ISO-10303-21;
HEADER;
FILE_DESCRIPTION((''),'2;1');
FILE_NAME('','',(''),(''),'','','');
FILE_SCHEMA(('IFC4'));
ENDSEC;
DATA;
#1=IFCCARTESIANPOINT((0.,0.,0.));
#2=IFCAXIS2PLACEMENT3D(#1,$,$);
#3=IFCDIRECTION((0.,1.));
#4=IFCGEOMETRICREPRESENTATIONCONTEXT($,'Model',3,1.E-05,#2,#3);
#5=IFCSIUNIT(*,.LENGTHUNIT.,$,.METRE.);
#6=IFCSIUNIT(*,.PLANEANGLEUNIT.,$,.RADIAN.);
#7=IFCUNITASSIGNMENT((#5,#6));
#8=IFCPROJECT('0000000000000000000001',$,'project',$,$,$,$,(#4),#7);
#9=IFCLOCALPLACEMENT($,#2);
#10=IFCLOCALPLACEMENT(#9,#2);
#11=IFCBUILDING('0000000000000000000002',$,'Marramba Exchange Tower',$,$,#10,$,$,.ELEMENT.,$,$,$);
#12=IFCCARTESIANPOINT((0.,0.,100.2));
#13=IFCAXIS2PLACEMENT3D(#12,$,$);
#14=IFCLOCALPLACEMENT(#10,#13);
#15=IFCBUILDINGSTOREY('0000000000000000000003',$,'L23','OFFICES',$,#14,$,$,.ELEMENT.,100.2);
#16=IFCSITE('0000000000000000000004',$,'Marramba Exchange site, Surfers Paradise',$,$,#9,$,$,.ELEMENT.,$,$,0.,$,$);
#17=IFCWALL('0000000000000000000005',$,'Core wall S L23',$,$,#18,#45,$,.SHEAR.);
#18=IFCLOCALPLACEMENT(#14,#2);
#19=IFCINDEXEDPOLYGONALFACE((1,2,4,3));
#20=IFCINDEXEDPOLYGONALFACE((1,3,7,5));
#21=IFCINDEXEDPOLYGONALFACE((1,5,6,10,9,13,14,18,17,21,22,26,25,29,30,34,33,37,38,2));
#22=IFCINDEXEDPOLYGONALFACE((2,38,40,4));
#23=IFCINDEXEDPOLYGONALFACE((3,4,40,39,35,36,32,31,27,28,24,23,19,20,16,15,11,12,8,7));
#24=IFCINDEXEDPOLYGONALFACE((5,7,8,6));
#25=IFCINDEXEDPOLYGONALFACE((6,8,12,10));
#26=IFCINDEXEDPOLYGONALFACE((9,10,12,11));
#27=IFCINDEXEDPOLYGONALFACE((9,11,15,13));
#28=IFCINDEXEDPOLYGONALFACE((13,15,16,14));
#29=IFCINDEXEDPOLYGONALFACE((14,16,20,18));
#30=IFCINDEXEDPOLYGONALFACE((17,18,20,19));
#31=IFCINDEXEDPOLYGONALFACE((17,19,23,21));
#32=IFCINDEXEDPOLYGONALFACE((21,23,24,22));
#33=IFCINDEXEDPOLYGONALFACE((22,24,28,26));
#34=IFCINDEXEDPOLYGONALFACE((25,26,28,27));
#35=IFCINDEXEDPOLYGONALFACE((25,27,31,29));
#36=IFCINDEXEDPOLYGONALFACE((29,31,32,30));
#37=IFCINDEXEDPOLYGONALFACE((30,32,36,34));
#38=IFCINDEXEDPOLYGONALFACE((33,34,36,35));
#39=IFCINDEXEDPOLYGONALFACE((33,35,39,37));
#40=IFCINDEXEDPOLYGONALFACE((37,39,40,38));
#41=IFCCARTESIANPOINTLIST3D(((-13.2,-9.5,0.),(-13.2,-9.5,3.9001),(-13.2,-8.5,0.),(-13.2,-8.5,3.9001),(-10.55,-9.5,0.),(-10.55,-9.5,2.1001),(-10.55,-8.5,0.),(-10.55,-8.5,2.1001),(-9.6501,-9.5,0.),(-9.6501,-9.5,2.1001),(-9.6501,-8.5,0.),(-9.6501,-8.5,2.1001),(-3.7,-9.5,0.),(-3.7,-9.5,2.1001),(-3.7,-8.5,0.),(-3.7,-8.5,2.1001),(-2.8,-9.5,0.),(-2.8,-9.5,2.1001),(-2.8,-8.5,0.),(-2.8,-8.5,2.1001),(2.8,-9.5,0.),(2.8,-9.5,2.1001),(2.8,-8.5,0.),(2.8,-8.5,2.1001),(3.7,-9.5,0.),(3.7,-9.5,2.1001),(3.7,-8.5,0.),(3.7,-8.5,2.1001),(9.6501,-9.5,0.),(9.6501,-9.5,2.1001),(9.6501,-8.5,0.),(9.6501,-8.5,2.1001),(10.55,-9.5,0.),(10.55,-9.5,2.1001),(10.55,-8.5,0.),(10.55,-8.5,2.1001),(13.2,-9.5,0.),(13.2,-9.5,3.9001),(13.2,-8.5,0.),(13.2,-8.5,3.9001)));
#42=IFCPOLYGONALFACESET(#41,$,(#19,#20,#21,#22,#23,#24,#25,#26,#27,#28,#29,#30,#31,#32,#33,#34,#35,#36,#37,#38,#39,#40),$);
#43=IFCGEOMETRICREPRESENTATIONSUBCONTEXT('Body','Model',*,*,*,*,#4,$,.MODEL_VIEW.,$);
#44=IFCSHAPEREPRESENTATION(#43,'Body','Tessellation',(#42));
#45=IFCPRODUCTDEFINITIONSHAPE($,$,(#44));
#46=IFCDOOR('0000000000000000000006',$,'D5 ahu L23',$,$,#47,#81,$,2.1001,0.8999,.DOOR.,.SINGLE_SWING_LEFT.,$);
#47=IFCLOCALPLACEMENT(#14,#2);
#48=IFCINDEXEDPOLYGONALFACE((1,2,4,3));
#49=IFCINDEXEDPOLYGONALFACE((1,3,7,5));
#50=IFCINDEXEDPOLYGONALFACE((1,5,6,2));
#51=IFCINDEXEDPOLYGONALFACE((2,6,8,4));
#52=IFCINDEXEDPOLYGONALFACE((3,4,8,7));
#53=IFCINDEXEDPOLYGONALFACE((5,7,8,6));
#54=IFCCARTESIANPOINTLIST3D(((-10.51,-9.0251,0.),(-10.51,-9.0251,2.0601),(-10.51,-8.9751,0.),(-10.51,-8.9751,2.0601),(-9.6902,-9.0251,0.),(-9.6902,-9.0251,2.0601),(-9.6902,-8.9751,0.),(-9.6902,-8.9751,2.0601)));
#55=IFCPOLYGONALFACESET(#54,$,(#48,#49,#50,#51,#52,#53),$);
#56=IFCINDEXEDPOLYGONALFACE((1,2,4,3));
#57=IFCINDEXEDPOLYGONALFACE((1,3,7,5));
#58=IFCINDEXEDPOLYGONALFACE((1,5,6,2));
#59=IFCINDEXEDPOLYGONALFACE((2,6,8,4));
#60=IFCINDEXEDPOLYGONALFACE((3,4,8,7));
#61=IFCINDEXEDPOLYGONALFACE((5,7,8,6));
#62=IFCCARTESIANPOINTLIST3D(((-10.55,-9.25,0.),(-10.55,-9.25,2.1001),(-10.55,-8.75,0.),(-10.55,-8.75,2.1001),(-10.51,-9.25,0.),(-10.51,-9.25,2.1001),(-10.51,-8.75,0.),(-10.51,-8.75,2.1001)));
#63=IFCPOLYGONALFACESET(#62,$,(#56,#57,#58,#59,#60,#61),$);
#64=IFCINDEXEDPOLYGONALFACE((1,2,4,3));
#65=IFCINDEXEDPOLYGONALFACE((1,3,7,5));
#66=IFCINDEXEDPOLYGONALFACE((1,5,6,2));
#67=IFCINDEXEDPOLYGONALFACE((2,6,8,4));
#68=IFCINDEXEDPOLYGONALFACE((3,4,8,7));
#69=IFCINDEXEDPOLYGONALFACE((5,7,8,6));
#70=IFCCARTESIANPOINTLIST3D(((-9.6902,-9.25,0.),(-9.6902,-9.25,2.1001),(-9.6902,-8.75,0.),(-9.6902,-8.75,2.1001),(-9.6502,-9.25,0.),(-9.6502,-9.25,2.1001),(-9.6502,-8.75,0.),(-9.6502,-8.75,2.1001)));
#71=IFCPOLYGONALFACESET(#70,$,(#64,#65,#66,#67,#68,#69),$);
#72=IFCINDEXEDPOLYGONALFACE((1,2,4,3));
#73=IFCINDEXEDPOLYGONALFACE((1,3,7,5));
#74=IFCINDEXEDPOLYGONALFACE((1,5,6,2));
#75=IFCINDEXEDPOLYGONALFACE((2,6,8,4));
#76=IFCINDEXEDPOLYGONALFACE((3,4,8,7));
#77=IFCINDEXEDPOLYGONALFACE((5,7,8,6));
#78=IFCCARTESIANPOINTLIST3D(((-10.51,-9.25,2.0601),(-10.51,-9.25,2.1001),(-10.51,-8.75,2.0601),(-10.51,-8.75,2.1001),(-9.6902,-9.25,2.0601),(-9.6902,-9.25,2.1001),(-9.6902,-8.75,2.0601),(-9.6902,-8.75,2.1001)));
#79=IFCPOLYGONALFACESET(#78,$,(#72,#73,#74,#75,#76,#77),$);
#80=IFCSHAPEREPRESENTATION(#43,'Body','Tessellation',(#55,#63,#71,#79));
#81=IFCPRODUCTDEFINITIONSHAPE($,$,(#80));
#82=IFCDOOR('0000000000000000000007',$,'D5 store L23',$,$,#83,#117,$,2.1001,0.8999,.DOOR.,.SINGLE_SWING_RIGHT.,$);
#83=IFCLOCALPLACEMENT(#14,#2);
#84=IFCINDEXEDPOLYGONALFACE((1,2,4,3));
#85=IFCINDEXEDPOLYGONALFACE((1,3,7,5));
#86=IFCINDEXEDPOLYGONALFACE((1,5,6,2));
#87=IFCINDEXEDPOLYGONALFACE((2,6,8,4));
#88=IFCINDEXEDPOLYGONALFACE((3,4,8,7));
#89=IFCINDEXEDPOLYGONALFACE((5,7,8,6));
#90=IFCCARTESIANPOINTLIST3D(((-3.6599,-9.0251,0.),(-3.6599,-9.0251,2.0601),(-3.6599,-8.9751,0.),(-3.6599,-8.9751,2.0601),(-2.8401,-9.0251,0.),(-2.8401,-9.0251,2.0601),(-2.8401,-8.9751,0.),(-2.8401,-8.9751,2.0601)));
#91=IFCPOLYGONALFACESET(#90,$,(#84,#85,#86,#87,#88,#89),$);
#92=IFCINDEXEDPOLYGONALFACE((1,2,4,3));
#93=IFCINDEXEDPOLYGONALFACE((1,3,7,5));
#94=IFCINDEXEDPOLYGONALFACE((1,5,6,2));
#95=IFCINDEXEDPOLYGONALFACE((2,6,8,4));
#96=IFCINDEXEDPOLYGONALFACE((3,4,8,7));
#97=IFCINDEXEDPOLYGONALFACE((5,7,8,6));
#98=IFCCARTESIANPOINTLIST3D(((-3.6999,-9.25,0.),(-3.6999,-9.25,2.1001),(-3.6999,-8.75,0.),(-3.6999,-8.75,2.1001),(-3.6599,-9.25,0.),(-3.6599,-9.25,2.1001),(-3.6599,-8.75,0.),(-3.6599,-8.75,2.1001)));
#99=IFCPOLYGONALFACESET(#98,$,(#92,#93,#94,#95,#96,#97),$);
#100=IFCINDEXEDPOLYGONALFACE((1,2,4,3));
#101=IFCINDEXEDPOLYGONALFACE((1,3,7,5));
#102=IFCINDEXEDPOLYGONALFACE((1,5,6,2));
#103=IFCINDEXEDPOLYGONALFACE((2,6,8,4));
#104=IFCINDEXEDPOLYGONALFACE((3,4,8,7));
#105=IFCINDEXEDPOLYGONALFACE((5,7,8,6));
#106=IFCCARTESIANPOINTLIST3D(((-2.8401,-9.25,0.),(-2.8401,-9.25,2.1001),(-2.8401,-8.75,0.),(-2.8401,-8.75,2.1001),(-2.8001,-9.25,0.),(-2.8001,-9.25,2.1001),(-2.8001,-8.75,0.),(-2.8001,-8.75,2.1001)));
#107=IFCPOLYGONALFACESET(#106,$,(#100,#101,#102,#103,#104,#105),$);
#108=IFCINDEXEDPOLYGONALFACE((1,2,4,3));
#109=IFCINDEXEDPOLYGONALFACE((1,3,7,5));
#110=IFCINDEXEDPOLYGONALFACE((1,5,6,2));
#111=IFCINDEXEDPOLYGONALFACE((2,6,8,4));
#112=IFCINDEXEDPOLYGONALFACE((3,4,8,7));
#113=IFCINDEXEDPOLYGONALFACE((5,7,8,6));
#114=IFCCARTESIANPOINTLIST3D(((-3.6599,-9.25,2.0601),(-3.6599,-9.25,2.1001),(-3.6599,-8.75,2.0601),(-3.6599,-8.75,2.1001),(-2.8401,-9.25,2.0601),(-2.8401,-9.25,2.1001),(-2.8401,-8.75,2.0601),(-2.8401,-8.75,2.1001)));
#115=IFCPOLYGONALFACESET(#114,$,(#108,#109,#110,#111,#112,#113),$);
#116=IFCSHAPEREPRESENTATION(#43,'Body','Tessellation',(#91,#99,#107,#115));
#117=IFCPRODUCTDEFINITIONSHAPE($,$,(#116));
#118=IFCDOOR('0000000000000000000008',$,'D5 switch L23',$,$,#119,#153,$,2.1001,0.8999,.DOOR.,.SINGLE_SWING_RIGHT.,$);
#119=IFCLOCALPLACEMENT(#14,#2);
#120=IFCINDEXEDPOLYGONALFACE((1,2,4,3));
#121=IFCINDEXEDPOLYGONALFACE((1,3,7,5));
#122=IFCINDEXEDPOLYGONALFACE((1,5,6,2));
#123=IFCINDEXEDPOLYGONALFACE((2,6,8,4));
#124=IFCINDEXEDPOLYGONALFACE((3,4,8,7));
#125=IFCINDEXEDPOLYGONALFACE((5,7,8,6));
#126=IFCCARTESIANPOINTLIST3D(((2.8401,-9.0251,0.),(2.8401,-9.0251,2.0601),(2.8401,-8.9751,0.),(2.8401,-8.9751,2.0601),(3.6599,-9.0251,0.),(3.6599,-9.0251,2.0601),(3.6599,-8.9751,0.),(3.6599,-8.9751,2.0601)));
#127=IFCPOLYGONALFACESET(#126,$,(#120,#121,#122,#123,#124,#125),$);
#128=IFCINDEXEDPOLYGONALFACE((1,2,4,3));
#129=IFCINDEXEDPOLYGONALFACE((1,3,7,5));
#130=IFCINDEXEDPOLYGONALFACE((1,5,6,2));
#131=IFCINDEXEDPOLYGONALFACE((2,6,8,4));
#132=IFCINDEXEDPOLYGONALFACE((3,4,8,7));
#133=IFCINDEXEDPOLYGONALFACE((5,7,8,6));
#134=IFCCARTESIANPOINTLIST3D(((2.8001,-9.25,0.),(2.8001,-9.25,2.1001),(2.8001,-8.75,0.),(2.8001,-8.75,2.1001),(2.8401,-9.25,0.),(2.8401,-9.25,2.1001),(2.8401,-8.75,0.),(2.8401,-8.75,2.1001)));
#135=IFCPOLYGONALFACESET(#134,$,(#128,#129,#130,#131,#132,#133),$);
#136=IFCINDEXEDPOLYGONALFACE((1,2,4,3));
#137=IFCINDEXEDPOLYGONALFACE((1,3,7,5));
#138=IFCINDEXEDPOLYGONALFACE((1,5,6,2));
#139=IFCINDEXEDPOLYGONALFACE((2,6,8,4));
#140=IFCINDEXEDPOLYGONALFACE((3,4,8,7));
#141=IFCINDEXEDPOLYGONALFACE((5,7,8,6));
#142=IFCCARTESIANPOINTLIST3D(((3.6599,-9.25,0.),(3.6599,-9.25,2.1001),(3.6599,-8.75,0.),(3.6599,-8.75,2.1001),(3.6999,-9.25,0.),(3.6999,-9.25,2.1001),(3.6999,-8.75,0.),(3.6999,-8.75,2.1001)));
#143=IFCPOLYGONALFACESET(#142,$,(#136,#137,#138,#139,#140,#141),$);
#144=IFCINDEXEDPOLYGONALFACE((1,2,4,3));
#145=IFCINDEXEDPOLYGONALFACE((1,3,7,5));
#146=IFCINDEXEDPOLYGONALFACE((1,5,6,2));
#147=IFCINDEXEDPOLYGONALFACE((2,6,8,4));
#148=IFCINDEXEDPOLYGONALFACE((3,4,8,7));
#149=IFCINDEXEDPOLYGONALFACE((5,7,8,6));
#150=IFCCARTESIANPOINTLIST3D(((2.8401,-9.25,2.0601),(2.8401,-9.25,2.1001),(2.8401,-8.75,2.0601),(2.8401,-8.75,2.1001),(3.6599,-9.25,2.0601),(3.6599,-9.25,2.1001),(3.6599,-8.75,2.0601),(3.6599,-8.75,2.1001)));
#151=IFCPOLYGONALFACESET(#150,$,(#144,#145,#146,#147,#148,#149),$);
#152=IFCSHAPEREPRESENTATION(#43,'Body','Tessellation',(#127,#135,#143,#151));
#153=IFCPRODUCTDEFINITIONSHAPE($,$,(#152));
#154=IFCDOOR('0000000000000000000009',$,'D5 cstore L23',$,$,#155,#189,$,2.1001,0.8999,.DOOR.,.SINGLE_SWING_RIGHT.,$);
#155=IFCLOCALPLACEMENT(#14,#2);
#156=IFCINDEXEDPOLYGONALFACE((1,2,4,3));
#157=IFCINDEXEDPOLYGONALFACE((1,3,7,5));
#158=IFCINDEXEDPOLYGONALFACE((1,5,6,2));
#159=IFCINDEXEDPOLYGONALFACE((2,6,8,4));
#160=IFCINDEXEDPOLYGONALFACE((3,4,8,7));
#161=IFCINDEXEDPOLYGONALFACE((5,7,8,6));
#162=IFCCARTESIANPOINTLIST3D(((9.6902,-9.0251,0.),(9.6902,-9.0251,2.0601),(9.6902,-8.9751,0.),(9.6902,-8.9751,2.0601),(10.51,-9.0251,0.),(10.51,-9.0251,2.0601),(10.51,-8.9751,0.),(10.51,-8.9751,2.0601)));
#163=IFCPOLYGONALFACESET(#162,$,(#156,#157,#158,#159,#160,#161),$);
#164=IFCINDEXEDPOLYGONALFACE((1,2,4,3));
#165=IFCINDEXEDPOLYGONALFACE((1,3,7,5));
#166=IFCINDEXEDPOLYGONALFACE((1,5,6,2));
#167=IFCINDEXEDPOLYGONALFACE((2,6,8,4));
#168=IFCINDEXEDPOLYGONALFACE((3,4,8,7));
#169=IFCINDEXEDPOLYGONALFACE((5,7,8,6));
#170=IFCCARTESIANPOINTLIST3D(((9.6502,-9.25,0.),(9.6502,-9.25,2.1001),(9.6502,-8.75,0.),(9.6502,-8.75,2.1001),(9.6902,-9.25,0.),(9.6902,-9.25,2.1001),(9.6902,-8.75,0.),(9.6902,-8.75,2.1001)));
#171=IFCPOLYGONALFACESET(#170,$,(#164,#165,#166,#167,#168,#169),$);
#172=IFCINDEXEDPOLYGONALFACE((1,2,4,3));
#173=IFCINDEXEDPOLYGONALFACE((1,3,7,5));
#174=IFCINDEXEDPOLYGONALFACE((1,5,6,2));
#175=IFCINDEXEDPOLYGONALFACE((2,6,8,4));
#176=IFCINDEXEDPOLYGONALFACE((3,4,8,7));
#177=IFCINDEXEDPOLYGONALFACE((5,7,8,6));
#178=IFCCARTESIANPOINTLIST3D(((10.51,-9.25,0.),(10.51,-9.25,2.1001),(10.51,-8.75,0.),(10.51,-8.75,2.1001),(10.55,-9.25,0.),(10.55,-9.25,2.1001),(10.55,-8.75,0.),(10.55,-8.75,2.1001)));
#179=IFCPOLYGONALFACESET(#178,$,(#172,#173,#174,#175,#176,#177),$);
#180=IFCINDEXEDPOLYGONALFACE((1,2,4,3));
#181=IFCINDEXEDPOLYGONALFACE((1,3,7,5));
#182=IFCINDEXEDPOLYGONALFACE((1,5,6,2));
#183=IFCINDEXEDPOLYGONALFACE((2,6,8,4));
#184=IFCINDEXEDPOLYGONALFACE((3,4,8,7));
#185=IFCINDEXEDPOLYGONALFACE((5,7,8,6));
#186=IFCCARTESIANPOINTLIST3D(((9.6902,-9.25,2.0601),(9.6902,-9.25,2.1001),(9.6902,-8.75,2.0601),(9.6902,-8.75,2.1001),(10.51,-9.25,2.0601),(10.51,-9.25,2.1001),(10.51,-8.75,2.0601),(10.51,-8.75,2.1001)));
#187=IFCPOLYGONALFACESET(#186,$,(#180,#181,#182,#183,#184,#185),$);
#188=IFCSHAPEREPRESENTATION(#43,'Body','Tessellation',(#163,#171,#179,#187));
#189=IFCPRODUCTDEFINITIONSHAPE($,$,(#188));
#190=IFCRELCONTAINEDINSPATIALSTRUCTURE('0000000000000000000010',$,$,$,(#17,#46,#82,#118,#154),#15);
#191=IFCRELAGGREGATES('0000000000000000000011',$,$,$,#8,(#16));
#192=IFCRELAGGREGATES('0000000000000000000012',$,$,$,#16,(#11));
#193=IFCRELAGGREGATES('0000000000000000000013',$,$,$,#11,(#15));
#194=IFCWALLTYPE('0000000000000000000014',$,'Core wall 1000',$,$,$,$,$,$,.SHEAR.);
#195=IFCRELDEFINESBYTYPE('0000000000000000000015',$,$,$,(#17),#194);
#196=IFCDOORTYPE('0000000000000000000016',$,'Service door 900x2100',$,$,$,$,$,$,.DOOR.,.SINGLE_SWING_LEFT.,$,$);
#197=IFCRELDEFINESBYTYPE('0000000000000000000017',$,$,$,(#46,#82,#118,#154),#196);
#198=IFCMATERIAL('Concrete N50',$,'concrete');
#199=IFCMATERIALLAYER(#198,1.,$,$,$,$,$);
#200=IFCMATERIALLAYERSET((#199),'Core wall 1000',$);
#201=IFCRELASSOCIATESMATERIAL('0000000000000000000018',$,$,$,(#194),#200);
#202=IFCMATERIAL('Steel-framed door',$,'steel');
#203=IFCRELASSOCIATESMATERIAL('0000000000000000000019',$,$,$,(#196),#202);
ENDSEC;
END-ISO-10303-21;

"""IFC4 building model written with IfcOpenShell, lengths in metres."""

from ifc_helpers import new_model, si_unit, direction, frame, frame_2d, origin, place, context, subcontext, project, spatial, rectangle, extrude, material, layer, layer_set, type_object, element, fill, save


model = new_model("IFC4")

# Units and contexts
model_context = context("Model", 3, precision=1e-05, world=origin(), true_north=direction((0.0, 1.0)))
body_context = subcontext(model_context, "Body", "Model", "MODEL_VIEW")
ifc_project = project(units=[si_unit("LENGTHUNIT", "METRE"), si_unit("PLANEANGLEUNIT", "RADIAN")], contexts=[model_context])

# Site, building, storey
site_placement = place(None, origin())
site = spatial("IfcSite", under=ifc_project, at=site_placement, Name="Marramba Exchange site, Surfers Paradise", CompositionType="ELEMENT", RefElevation=0.0)
building_placement = place(site_placement, origin())
building = spatial("IfcBuilding", under=site, at=building_placement, Name="Marramba Exchange Tower", CompositionType="ELEMENT")
storey_placement = place(building_placement, frame((0.0, 0.0, 100.2)))
storey = spatial("IfcBuildingStorey", under=building, at=storey_placement, Name="L23", Description="OFFICES", CompositionType="ELEMENT", Elevation=100.2)

# Shared definitions
ifc_material_1 = material(Name="Concrete N50", Category="concrete")

# Wall, openings, doors
ifc_layer_1 = layer(ifc_material_1, 1.0)
ifc_layer_set_1 = layer_set([ifc_layer_1], Name="Core wall 1000")
wall_type_1 = type_object("IfcWallType", Name="Core wall 1000", PredefinedType="SHEAR", material=ifc_layer_set_1)
wall_1_placement = place(storey_placement, frame((-13.2, -9.0, 0.0), z_axis=(0.0, 0.0, 1.0), x_axis=(1.0, 0.0, 0.0)))
wall_1 = element("IfcWall", 1, at=wall_1_placement, inside=storey, type_object=wall_type_1, Name="Core wall S L23", PredefinedType="SHEAR", context=body_context, shape_type="SweptSolid", body=[
    extrude(rectangle(XDim=26.3999, YDim=1.0, at=frame_2d((13.2, 0.0))), origin(), (0.0, 0.0, 1.0), 3.9001),
])
opening_1_placement = place(wall_1_placement, frame((2.6499, 0.0, 0.0)))
opening_1 = element("IfcOpeningElement", 2, at=opening_1_placement, cuts=wall_1, PredefinedType="OPENING", context=body_context, shape_type="SweptSolid", body=[
    extrude(rectangle(XDim=0.8999, YDim=2.1001, at=frame_2d((0.45, 1.05))), frame((0.0, 0.51, 0.0), z_axis=(0.0, -1.0, 0.0), x_axis=(1.0, 0.0, 0.0)), (0.0, 0.0, 1.0), 1.02),
])
opening_2_placement = place(wall_1_placement, frame((9.5, 0.0, 0.0)))
opening_2 = element("IfcOpeningElement", 3, at=opening_2_placement, cuts=wall_1, PredefinedType="OPENING", context=body_context, shape_type="SweptSolid", body=[
    extrude(rectangle(XDim=0.8999, YDim=2.1001, at=frame_2d((0.45, 1.05))), frame((0.0, 0.51, 0.0), z_axis=(0.0, -1.0, 0.0), x_axis=(1.0, 0.0, 0.0)), (0.0, 0.0, 1.0), 1.02),
])
opening_3_placement = place(wall_1_placement, frame((16.0, 0.0, 0.0)))
opening_3 = element("IfcOpeningElement", 4, at=opening_3_placement, cuts=wall_1, PredefinedType="OPENING", context=body_context, shape_type="SweptSolid", body=[
    extrude(rectangle(XDim=0.8999, YDim=2.1001, at=frame_2d((0.45, 1.05))), frame((0.0, 0.51, 0.0), z_axis=(0.0, -1.0, 0.0), x_axis=(1.0, 0.0, 0.0)), (0.0, 0.0, 1.0), 1.02),
])
opening_4_placement = place(wall_1_placement, frame((22.8501, 0.0, 0.0)))
opening_4 = element("IfcOpeningElement", 5, at=opening_4_placement, cuts=wall_1, PredefinedType="OPENING", context=body_context, shape_type="SweptSolid", body=[
    extrude(rectangle(XDim=0.8999, YDim=2.1001, at=frame_2d((0.45, 1.05))), frame((0.0, 0.51, 0.0), z_axis=(0.0, -1.0, 0.0), x_axis=(1.0, 0.0, 0.0)), (0.0, 0.0, 1.0), 1.02),
])
ifc_material_2 = material(Name="Steel-framed door", Category="steel")
door_type = type_object("IfcDoorType", Name="Service door 900x2100", OperationType="SINGLE_SWING_LEFT", PredefinedType="DOOR", material=ifc_material_2)
door_1_placement = place(opening_1_placement, origin())
door_1 = element("IfcDoor", 6, at=door_1_placement, inside=storey, type_object=door_type, Name="D5 ahu L23", OperationType="SINGLE_SWING_LEFT", OverallHeight=2.1001, OverallWidth=0.8999, PredefinedType="DOOR", context=body_context, shape_type="SweptSolid", body=[
    extrude(rectangle(XDim=0.8198, YDim=2.0601, at=frame_2d((0.45, 1.03))), frame((0.0, 0.0249, 0.0), z_axis=(0.0, -1.0, 0.0), x_axis=(1.0, 0.0, 0.0)), (0.0, 0.0, 1.0), 0.05),
    extrude(rectangle(XDim=0.04, YDim=2.1001, at=frame_2d((0.02, 1.05))), frame((0.0, 0.25, 0.0), z_axis=(0.0, -1.0, 0.0), x_axis=(1.0, 0.0, 0.0)), (0.0, 0.0, 1.0), 0.5),
    extrude(rectangle(XDim=0.04, YDim=2.1001, at=frame_2d((0.8799, 1.05))), frame((0.0, 0.25, 0.0), z_axis=(0.0, -1.0, 0.0), x_axis=(1.0, 0.0, 0.0)), (0.0, 0.0, 1.0), 0.5),
    extrude(rectangle(XDim=0.8198, YDim=0.04, at=frame_2d((0.45, 2.0801))), frame((0.0, 0.25, 0.0), z_axis=(0.0, -1.0, 0.0), x_axis=(1.0, 0.0, 0.0)), (0.0, 0.0, 1.0), 0.5),
])
fill(opening_1, door_1)
door_2_placement = place(opening_2_placement, origin())
door_2 = element("IfcDoor", 7, at=door_2_placement, inside=storey, type_object=door_type, Name="D5 store L23", OperationType="SINGLE_SWING_RIGHT", OverallHeight=2.1001, OverallWidth=0.8999, PredefinedType="DOOR", context=body_context, shape_type="SweptSolid", body=[
    extrude(rectangle(XDim=0.8198, YDim=2.0601, at=frame_2d((0.45, 1.03))), frame((0.0, 0.0249, 0.0), z_axis=(0.0, -1.0, 0.0), x_axis=(1.0, 0.0, 0.0)), (0.0, 0.0, 1.0), 0.05),
    extrude(rectangle(XDim=0.04, YDim=2.1001, at=frame_2d((0.02, 1.05))), frame((0.0, 0.25, 0.0), z_axis=(0.0, -1.0, 0.0), x_axis=(1.0, 0.0, 0.0)), (0.0, 0.0, 1.0), 0.5),
    extrude(rectangle(XDim=0.04, YDim=2.1001, at=frame_2d((0.8799, 1.05))), frame((0.0, 0.25, 0.0), z_axis=(0.0, -1.0, 0.0), x_axis=(1.0, 0.0, 0.0)), (0.0, 0.0, 1.0), 0.5),
    extrude(rectangle(XDim=0.8198, YDim=0.04, at=frame_2d((0.45, 2.0801))), frame((0.0, 0.25, 0.0), z_axis=(0.0, -1.0, 0.0), x_axis=(1.0, 0.0, 0.0)), (0.0, 0.0, 1.0), 0.5),
])
fill(opening_2, door_2)
door_3_placement = place(opening_3_placement, origin())
door_3 = element("IfcDoor", 8, at=door_3_placement, inside=storey, type_object=door_type, Name="D5 switch L23", OperationType="SINGLE_SWING_RIGHT", OverallHeight=2.1001, OverallWidth=0.8999, PredefinedType="DOOR", context=body_context, shape_type="SweptSolid", body=[
    extrude(rectangle(XDim=0.8198, YDim=2.0601, at=frame_2d((0.45, 1.03))), frame((0.0, 0.0249, 0.0), z_axis=(0.0, -1.0, 0.0), x_axis=(1.0, 0.0, 0.0)), (0.0, 0.0, 1.0), 0.05),
    extrude(rectangle(XDim=0.04, YDim=2.1001, at=frame_2d((0.02, 1.05))), frame((0.0, 0.25, 0.0), z_axis=(0.0, -1.0, 0.0), x_axis=(1.0, 0.0, 0.0)), (0.0, 0.0, 1.0), 0.5),
    extrude(rectangle(XDim=0.04, YDim=2.1001, at=frame_2d((0.8799, 1.05))), frame((0.0, 0.25, 0.0), z_axis=(0.0, -1.0, 0.0), x_axis=(1.0, 0.0, 0.0)), (0.0, 0.0, 1.0), 0.5),
    extrude(rectangle(XDim=0.8198, YDim=0.04, at=frame_2d((0.45, 2.0801))), frame((0.0, 0.25, 0.0), z_axis=(0.0, -1.0, 0.0), x_axis=(1.0, 0.0, 0.0)), (0.0, 0.0, 1.0), 0.5),
])
fill(opening_3, door_3)
door_4_placement = place(opening_4_placement, origin())
door_4 = element("IfcDoor", 9, at=door_4_placement, inside=storey, type_object=door_type, Name="D5 cstore L23", OperationType="SINGLE_SWING_RIGHT", OverallHeight=2.1001, OverallWidth=0.8999, PredefinedType="DOOR", context=body_context, shape_type="SweptSolid", body=[
    extrude(rectangle(XDim=0.8198, YDim=2.0601, at=frame_2d((0.45, 1.03))), frame((0.0, 0.0249, 0.0), z_axis=(0.0, -1.0, 0.0), x_axis=(1.0, 0.0, 0.0)), (0.0, 0.0, 1.0), 0.05),
    extrude(rectangle(XDim=0.04, YDim=2.1001, at=frame_2d((0.02, 1.05))), frame((0.0, 0.25, 0.0), z_axis=(0.0, -1.0, 0.0), x_axis=(1.0, 0.0, 0.0)), (0.0, 0.0, 1.0), 0.5),
    extrude(rectangle(XDim=0.04, YDim=2.1001, at=frame_2d((0.8799, 1.05))), frame((0.0, 0.25, 0.0), z_axis=(0.0, -1.0, 0.0), x_axis=(1.0, 0.0, 0.0)), (0.0, 0.0, 1.0), 0.5),
    extrude(rectangle(XDim=0.8198, YDim=0.04, at=frame_2d((0.45, 2.0801))), frame((0.0, 0.25, 0.0), z_axis=(0.0, -1.0, 0.0), x_axis=(1.0, 0.0, 0.0)), (0.0, 0.0, 1.0), 0.5),
])
fill(opening_4, door_4)

save(model, "model.ifc")
